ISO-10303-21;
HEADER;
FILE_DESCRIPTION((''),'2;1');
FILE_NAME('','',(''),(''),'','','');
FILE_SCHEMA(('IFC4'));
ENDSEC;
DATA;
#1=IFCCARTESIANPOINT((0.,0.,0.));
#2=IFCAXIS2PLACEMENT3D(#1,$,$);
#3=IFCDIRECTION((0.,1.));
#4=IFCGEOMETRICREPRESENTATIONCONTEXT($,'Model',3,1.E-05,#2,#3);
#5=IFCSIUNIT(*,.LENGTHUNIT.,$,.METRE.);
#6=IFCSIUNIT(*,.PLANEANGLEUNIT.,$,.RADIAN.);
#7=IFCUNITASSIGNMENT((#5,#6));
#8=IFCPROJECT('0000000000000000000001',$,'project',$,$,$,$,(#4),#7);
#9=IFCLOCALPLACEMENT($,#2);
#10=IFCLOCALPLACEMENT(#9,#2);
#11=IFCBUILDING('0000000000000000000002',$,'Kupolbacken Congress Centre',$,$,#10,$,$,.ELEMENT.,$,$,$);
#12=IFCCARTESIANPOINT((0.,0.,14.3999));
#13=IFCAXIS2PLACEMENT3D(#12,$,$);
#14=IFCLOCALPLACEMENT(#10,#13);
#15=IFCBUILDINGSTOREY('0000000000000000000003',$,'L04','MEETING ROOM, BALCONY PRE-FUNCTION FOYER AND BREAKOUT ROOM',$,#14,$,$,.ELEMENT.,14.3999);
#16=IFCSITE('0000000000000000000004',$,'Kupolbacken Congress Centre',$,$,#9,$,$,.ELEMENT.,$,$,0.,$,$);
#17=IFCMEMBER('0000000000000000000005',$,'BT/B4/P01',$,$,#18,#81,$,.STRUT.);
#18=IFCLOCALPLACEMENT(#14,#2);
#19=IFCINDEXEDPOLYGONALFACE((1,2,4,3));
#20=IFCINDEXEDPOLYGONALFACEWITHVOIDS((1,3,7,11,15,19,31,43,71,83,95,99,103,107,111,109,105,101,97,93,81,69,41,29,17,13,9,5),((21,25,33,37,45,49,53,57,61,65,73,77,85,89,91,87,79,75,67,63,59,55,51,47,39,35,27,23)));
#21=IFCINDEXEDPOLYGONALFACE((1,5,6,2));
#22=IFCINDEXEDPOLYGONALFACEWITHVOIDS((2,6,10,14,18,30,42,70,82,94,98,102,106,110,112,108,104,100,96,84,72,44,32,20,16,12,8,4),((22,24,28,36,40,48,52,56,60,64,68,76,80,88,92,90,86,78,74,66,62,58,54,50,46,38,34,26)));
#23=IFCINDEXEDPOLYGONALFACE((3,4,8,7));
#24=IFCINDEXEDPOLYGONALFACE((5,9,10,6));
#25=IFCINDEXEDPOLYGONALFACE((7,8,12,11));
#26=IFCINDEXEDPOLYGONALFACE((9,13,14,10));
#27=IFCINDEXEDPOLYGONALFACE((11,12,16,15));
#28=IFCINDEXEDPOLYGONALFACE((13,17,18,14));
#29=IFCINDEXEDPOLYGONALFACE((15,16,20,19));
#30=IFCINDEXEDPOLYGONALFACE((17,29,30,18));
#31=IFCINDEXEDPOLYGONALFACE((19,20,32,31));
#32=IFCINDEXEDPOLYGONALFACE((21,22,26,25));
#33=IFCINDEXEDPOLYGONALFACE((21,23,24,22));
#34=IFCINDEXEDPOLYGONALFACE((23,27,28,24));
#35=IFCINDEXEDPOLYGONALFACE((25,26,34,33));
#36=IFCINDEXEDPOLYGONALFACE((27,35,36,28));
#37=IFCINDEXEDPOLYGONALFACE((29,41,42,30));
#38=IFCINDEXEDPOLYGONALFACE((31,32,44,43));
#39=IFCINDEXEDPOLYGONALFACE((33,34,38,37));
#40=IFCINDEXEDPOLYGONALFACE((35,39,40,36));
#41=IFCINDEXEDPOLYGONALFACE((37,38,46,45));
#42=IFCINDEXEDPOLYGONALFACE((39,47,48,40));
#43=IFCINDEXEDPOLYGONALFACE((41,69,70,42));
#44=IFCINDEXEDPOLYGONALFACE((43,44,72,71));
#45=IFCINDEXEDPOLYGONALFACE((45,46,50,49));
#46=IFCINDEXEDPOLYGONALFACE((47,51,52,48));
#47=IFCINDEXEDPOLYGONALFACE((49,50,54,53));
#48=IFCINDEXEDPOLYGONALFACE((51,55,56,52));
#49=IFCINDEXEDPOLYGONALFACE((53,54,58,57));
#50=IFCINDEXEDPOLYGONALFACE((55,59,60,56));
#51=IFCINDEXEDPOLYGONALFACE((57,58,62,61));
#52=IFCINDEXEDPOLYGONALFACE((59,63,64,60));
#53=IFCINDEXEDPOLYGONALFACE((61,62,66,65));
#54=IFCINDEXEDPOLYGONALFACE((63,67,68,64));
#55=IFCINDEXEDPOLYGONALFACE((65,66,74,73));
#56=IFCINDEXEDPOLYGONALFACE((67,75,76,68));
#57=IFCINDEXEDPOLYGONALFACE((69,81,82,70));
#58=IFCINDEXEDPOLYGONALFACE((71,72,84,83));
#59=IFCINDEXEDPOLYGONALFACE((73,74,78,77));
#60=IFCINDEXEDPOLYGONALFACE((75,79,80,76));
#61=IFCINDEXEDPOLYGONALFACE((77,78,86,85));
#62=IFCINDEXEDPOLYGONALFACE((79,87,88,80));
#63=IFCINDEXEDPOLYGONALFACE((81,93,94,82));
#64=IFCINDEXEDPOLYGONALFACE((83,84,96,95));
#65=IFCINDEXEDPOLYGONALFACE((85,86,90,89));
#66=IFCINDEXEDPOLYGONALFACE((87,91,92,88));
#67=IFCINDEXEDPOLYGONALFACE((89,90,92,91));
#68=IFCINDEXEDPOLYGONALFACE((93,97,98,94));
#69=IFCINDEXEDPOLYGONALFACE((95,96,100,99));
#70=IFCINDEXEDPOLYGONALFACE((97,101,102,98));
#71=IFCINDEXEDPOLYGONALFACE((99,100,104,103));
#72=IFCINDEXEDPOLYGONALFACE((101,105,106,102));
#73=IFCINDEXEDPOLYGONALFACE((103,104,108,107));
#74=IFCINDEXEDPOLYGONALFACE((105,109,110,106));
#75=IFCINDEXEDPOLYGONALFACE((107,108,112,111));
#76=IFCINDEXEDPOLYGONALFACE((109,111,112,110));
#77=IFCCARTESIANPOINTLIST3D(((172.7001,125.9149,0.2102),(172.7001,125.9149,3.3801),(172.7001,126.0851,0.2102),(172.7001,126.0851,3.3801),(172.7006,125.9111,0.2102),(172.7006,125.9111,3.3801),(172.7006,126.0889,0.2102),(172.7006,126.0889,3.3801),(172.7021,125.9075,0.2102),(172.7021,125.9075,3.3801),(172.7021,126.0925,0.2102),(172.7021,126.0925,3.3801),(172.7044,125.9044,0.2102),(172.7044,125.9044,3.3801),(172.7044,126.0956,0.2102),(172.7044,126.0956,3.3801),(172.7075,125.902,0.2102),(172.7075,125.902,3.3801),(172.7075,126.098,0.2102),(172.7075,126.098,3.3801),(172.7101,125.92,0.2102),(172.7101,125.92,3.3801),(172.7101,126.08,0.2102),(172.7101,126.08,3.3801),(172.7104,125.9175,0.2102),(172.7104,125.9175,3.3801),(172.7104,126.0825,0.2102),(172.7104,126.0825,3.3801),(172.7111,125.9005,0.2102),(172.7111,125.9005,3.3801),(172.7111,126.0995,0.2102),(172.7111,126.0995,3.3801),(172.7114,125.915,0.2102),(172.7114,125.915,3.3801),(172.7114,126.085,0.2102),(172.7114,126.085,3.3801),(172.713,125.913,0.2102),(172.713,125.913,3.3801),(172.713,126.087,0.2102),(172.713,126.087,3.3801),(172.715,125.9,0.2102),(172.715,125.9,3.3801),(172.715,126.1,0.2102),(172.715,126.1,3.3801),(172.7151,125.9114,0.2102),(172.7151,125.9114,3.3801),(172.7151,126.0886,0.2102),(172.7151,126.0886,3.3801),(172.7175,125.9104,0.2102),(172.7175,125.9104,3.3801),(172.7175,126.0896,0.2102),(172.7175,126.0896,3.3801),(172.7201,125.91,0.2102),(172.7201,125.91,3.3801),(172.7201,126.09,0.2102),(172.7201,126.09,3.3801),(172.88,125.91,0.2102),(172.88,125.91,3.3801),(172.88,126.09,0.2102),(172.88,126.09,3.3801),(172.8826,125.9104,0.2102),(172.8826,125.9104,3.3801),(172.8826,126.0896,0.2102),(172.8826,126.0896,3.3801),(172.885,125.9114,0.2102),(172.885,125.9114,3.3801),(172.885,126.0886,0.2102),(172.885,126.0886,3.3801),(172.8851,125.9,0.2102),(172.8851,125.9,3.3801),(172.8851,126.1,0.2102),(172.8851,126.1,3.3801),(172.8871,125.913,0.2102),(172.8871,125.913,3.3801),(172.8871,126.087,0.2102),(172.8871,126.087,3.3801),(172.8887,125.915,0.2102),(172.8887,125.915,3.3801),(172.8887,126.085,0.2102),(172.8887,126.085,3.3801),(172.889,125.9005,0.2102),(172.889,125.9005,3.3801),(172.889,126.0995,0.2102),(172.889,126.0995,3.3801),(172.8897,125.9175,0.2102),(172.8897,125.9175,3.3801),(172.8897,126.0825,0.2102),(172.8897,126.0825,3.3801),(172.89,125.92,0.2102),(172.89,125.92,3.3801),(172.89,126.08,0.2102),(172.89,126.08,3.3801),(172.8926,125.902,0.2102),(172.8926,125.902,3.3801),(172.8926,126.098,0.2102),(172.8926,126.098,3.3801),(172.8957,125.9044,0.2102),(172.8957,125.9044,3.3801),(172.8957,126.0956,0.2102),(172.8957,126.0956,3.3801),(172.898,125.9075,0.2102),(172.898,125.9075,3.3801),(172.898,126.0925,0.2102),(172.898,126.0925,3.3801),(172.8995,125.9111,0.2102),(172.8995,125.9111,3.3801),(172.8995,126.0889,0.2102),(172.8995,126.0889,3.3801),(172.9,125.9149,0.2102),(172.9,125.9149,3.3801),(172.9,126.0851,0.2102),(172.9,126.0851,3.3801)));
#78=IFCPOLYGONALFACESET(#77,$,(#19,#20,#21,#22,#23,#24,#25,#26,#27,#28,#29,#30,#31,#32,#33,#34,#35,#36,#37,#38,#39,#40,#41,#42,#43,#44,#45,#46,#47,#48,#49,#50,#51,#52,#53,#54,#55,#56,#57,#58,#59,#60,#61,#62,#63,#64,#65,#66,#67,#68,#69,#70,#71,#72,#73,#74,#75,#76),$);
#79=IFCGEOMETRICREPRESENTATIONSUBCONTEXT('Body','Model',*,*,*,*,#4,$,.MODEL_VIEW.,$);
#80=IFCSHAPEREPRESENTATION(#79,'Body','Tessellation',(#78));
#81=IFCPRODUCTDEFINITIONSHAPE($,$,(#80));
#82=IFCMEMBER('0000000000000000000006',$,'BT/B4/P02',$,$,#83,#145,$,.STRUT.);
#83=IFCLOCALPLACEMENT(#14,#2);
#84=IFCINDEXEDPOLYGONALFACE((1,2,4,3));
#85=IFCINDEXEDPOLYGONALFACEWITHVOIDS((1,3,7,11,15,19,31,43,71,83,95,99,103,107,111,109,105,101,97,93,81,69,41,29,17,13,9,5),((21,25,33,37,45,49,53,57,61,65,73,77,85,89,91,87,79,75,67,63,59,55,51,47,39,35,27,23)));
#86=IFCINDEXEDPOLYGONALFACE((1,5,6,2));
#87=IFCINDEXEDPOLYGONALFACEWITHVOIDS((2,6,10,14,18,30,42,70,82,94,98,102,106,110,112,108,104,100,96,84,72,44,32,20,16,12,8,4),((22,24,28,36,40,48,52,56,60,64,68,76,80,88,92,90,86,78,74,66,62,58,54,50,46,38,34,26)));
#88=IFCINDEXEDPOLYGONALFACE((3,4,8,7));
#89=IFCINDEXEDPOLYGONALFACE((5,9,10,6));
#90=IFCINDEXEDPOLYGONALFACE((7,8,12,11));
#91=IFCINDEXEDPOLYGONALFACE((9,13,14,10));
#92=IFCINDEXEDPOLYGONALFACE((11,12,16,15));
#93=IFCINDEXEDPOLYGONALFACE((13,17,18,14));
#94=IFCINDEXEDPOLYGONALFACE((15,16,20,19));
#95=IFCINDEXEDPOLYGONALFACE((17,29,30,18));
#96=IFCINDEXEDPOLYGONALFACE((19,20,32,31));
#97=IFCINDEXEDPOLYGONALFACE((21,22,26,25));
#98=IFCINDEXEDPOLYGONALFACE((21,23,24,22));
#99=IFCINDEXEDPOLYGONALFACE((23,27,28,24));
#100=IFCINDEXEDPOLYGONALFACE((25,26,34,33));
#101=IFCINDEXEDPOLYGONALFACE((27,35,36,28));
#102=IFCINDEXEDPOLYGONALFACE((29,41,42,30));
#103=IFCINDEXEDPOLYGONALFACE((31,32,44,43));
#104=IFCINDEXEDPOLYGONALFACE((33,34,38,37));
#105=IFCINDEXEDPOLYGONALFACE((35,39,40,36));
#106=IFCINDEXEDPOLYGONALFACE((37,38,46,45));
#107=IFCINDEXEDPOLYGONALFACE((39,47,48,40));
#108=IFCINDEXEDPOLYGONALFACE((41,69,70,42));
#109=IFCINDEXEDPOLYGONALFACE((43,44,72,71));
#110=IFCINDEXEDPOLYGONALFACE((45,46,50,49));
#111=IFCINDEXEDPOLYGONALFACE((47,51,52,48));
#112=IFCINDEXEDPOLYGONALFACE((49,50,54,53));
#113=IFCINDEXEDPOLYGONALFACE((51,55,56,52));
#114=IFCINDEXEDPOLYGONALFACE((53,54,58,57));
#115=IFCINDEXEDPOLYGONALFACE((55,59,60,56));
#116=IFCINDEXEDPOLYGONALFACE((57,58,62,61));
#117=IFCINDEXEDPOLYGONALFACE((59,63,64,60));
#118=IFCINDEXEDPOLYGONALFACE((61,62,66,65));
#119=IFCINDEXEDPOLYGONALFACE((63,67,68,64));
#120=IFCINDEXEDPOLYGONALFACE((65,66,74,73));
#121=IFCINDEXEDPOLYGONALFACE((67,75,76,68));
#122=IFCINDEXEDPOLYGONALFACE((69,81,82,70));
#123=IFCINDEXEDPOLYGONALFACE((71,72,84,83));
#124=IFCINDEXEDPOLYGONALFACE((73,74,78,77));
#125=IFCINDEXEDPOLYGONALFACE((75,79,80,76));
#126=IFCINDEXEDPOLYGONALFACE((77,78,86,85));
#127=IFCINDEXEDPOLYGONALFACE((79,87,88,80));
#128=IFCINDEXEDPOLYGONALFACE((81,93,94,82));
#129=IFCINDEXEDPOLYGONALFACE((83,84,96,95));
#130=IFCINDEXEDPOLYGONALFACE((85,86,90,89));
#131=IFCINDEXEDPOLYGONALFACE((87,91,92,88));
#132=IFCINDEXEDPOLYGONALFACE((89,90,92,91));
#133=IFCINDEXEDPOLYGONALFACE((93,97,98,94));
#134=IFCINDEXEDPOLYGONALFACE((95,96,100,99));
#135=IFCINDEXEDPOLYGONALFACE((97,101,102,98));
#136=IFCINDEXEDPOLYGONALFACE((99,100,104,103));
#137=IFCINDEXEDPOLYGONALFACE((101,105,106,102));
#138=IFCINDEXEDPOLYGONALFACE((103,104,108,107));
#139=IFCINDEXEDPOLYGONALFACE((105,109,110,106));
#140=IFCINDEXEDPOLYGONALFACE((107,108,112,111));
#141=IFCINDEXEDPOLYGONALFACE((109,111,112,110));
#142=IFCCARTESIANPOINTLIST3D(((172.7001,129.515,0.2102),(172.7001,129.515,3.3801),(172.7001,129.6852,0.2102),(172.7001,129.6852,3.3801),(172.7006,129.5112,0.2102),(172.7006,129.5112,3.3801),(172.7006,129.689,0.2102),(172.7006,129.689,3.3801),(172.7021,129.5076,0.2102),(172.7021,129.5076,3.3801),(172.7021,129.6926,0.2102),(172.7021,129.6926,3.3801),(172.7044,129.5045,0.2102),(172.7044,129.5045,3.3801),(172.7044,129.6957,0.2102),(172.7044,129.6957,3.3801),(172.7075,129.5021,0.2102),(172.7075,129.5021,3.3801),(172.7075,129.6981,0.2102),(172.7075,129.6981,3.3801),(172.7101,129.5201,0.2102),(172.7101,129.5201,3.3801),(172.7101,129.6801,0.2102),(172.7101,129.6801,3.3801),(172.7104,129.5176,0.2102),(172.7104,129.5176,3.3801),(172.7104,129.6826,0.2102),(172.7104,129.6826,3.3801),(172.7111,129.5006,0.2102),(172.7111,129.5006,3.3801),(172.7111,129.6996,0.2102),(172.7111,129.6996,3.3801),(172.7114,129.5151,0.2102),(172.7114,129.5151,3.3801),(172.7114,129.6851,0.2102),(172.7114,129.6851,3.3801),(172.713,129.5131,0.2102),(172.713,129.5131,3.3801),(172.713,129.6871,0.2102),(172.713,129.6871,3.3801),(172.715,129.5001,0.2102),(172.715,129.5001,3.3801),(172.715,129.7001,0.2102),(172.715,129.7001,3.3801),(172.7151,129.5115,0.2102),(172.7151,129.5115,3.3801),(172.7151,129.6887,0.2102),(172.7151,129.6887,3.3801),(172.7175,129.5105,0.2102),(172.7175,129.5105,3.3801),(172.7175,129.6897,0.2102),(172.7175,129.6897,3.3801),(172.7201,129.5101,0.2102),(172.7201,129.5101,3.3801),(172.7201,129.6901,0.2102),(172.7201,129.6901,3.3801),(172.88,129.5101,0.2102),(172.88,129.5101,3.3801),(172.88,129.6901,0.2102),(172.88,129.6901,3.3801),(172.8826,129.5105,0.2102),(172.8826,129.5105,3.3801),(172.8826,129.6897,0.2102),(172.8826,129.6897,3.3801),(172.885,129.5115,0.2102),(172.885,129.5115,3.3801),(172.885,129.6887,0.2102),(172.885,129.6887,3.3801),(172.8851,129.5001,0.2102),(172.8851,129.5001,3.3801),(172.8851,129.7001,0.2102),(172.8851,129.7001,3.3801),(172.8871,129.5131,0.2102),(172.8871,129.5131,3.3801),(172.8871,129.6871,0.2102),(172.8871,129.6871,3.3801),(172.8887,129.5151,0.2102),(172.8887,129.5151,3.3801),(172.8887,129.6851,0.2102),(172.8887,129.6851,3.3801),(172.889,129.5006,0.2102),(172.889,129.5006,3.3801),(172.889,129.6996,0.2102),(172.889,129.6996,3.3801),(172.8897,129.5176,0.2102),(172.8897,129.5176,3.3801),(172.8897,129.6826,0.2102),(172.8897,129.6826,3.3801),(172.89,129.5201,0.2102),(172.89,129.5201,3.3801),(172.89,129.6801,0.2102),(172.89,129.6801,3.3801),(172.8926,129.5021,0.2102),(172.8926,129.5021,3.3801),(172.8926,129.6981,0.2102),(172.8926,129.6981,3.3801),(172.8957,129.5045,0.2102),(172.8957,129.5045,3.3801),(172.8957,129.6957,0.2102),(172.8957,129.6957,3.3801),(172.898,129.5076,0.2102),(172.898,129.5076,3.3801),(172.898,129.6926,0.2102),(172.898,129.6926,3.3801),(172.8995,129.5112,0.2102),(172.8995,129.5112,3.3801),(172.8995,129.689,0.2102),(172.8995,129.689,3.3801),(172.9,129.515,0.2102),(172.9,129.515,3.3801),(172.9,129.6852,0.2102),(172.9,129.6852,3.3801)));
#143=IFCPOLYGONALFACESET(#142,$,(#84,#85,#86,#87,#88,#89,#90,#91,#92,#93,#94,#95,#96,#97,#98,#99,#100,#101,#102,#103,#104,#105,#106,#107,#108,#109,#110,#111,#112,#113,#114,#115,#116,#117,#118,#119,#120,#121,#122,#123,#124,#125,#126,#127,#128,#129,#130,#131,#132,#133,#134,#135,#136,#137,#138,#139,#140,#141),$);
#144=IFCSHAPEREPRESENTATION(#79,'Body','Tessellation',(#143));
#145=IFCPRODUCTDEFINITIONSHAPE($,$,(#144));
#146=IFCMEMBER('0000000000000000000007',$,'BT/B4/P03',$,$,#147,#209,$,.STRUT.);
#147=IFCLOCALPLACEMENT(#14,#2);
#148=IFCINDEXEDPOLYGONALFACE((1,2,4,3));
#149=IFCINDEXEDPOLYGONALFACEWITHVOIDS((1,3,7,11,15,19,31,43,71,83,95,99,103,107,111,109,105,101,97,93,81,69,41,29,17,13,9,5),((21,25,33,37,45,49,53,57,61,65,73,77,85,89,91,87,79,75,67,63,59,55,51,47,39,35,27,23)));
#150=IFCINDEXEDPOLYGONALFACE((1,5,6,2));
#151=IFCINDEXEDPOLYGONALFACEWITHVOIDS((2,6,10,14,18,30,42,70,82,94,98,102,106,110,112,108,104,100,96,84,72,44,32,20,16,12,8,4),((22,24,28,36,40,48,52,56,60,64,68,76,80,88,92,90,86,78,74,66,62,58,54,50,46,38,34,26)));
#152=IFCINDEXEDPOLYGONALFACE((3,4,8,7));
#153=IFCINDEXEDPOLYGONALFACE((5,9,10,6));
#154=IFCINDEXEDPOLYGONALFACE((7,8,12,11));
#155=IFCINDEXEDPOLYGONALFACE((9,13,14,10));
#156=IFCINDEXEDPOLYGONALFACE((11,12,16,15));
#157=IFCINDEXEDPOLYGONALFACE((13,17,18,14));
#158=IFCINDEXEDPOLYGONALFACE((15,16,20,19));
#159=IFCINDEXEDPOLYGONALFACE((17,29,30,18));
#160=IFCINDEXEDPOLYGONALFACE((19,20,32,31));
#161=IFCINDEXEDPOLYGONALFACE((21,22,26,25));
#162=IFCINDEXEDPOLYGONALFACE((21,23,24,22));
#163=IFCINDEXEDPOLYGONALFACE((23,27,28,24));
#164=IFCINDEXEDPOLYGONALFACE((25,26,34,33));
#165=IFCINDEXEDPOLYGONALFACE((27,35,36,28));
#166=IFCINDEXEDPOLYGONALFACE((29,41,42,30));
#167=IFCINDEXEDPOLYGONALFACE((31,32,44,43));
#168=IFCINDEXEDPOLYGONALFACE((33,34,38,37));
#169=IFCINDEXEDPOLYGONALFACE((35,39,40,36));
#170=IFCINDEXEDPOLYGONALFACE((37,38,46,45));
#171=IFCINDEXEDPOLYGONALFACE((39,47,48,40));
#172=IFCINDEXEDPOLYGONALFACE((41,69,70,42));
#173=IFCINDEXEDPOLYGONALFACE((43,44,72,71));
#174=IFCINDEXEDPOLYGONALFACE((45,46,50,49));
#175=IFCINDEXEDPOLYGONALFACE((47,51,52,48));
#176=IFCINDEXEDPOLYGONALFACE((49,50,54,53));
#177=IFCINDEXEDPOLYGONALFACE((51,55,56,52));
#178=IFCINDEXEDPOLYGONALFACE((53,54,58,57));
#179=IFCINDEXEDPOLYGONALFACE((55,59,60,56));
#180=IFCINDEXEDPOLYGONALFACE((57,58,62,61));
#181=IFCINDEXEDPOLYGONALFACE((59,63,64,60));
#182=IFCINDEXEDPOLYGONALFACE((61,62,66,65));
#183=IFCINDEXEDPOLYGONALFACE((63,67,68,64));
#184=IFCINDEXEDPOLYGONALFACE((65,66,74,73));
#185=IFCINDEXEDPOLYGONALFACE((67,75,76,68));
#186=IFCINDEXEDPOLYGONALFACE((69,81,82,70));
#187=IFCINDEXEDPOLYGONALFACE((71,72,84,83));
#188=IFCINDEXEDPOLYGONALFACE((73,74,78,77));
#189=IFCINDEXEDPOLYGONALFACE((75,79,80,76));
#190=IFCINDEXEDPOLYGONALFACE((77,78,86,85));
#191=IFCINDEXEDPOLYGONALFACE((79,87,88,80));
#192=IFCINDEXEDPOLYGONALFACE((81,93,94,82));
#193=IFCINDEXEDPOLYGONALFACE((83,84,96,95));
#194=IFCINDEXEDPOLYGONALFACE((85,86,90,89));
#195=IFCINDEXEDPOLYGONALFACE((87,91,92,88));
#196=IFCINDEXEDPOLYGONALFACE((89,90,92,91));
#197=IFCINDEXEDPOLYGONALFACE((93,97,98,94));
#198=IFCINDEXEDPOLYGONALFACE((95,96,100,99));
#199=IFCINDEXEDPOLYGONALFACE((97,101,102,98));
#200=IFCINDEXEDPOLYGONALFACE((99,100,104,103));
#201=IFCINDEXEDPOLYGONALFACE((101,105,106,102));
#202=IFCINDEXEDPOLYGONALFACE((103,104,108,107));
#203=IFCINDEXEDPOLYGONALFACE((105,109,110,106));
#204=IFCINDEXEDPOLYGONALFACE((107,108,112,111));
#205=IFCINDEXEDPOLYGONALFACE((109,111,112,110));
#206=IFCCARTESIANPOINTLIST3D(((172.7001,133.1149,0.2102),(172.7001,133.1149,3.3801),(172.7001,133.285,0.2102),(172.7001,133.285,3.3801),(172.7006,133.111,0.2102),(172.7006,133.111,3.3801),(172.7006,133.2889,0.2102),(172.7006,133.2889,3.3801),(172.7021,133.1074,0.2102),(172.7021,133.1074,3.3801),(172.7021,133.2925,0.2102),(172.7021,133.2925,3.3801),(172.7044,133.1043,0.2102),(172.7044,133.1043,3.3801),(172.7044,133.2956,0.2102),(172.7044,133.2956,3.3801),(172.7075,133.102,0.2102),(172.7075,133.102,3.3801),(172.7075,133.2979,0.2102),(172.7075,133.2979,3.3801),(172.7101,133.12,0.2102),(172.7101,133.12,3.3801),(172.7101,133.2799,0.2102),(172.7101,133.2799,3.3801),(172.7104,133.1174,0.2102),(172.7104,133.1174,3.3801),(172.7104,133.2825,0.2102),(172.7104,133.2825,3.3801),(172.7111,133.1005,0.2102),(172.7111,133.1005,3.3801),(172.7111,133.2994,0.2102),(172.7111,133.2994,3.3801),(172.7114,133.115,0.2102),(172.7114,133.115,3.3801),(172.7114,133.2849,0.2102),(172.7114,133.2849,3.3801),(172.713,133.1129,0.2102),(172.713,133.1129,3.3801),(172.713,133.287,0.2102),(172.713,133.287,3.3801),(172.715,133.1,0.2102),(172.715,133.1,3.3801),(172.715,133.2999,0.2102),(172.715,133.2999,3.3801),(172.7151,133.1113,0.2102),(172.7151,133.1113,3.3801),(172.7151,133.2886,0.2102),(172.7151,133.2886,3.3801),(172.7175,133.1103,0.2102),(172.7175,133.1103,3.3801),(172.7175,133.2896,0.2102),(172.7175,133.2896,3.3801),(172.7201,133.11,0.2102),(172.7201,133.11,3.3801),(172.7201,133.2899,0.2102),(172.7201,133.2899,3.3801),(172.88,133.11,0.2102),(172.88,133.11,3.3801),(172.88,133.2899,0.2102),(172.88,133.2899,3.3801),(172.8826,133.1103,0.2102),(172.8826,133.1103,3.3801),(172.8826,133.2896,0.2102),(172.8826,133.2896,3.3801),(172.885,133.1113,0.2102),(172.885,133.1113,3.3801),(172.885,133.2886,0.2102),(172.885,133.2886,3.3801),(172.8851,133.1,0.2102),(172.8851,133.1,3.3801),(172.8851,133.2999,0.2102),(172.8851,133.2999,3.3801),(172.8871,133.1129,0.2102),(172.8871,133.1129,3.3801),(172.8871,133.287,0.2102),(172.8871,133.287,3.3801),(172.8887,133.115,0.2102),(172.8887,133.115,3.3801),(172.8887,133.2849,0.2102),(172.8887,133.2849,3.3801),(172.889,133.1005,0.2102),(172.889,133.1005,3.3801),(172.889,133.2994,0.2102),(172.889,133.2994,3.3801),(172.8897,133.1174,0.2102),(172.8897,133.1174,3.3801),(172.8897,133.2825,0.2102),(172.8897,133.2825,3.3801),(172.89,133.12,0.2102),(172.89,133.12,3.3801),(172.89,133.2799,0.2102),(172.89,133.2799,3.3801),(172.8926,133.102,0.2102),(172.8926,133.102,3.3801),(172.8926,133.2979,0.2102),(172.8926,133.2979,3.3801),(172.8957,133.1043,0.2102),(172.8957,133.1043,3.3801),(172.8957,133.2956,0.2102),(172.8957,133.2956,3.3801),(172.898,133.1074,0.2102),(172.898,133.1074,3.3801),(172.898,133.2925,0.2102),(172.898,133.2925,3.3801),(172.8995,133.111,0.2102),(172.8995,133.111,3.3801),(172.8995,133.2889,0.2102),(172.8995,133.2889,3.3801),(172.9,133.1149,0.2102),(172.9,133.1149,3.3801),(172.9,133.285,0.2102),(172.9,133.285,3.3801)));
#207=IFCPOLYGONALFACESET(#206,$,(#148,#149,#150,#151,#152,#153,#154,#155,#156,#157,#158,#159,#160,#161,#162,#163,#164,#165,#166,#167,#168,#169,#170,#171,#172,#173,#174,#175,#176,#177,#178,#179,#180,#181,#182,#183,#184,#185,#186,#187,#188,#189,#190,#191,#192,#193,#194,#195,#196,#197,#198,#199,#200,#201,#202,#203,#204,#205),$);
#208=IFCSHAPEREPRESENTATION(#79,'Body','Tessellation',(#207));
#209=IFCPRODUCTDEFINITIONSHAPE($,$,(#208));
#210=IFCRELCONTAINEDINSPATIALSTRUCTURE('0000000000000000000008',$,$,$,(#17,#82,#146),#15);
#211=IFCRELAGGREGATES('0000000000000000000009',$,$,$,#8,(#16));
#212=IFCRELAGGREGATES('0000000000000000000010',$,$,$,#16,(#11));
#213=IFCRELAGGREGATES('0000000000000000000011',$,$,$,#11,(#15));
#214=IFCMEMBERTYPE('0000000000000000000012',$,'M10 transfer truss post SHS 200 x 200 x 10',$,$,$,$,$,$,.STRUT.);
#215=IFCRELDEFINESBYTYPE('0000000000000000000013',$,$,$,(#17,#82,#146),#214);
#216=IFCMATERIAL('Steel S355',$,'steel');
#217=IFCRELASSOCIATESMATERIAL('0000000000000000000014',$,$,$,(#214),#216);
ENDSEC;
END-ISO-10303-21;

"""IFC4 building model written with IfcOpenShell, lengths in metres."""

from ifc_helpers import new_model, si_unit, direction, frame, origin, origin_2d, place, context, subcontext, project, spatial, hollow_rectangle, extrude, material, material_profile, profile_set, type_object, element, save


model = new_model("IFC4")

# Units and contexts
model_context = context("Model", 3, precision=1e-05, world=origin(), true_north=direction((0.0, 1.0)))
body_context = subcontext(model_context, "Body", "Model", "MODEL_VIEW")
ifc_project = project(units=[si_unit("LENGTHUNIT", "METRE"), si_unit("PLANEANGLEUNIT", "RADIAN")], contexts=[model_context])

# Site, building, storey
site_placement = place(None, origin())
site = spatial("IfcSite", under=ifc_project, at=site_placement, Name="Kupolbacken Congress Centre", CompositionType="ELEMENT", RefElevation=0.0)
building_placement = place(site_placement, origin())
building = spatial("IfcBuilding", under=site, at=building_placement, Name="Kupolbacken Congress Centre", CompositionType="ELEMENT")
storey_placement = place(building_placement, frame((0.0, 0.0, 14.3999)))
storey = spatial("IfcBuildingStorey", under=building, at=storey_placement, Name="L04", Description="MEETING ROOM, BALCONY PRE-FUNCTION FOYER AND BREAKOUT ROOM", CompositionType="ELEMENT", Elevation=14.3999)

# Members
ifc_material_1 = material(Name="Steel S355", Category="steel")
ifc_material_profile_1 = material_profile(ifc_material_1, hollow_rectangle(XDim=0.2, YDim=0.2, WallThickness=0.01, InnerFilletRadius=0.01, OuterFilletRadius=0.0149, at=origin_2d()), Name="SHS 200 x 200 x 10")
ifc_profile_set_1 = profile_set([ifc_material_profile_1], Name="Steel S355")
member_type_1 = type_object("IfcMemberType", Name="M10 transfer truss post SHS 200 x 200 x 10", PredefinedType="STRUT", material=ifc_profile_set_1)
for number, where, z_axis, x_axis, name in (
    (1, (172.8, 126.0, 0.2102), (0.0, 0.0, 1.0), (0.0, 1.0, 0.0), "BT/B4/P01"),
    (2, (172.8, 129.6001, 0.2102), (0.0, 0.0, 1.0), (0.0, 1.0, 0.0), "BT/B4/P02"),
    (3, (172.8, 133.2, 0.2102), (0.0, 0.0, 1.0), (0.0, 1.0, 0.0), "BT/B4/P03"),
):
    element("IfcMember", number, at=place(storey_placement, frame(where, z_axis=z_axis, x_axis=x_axis)), inside=storey, type_object=member_type_1, Name=name, PredefinedType="STRUT", context=body_context, shape_type="SweptSolid", body=[
        extrude(hollow_rectangle(XDim=0.2, YDim=0.2, WallThickness=0.01, InnerFilletRadius=0.01, OuterFilletRadius=0.0149, at=origin_2d()), origin(), (0.0, 0.0, 1.0), 3.1699),
    ])

save(model, "model.ifc")
